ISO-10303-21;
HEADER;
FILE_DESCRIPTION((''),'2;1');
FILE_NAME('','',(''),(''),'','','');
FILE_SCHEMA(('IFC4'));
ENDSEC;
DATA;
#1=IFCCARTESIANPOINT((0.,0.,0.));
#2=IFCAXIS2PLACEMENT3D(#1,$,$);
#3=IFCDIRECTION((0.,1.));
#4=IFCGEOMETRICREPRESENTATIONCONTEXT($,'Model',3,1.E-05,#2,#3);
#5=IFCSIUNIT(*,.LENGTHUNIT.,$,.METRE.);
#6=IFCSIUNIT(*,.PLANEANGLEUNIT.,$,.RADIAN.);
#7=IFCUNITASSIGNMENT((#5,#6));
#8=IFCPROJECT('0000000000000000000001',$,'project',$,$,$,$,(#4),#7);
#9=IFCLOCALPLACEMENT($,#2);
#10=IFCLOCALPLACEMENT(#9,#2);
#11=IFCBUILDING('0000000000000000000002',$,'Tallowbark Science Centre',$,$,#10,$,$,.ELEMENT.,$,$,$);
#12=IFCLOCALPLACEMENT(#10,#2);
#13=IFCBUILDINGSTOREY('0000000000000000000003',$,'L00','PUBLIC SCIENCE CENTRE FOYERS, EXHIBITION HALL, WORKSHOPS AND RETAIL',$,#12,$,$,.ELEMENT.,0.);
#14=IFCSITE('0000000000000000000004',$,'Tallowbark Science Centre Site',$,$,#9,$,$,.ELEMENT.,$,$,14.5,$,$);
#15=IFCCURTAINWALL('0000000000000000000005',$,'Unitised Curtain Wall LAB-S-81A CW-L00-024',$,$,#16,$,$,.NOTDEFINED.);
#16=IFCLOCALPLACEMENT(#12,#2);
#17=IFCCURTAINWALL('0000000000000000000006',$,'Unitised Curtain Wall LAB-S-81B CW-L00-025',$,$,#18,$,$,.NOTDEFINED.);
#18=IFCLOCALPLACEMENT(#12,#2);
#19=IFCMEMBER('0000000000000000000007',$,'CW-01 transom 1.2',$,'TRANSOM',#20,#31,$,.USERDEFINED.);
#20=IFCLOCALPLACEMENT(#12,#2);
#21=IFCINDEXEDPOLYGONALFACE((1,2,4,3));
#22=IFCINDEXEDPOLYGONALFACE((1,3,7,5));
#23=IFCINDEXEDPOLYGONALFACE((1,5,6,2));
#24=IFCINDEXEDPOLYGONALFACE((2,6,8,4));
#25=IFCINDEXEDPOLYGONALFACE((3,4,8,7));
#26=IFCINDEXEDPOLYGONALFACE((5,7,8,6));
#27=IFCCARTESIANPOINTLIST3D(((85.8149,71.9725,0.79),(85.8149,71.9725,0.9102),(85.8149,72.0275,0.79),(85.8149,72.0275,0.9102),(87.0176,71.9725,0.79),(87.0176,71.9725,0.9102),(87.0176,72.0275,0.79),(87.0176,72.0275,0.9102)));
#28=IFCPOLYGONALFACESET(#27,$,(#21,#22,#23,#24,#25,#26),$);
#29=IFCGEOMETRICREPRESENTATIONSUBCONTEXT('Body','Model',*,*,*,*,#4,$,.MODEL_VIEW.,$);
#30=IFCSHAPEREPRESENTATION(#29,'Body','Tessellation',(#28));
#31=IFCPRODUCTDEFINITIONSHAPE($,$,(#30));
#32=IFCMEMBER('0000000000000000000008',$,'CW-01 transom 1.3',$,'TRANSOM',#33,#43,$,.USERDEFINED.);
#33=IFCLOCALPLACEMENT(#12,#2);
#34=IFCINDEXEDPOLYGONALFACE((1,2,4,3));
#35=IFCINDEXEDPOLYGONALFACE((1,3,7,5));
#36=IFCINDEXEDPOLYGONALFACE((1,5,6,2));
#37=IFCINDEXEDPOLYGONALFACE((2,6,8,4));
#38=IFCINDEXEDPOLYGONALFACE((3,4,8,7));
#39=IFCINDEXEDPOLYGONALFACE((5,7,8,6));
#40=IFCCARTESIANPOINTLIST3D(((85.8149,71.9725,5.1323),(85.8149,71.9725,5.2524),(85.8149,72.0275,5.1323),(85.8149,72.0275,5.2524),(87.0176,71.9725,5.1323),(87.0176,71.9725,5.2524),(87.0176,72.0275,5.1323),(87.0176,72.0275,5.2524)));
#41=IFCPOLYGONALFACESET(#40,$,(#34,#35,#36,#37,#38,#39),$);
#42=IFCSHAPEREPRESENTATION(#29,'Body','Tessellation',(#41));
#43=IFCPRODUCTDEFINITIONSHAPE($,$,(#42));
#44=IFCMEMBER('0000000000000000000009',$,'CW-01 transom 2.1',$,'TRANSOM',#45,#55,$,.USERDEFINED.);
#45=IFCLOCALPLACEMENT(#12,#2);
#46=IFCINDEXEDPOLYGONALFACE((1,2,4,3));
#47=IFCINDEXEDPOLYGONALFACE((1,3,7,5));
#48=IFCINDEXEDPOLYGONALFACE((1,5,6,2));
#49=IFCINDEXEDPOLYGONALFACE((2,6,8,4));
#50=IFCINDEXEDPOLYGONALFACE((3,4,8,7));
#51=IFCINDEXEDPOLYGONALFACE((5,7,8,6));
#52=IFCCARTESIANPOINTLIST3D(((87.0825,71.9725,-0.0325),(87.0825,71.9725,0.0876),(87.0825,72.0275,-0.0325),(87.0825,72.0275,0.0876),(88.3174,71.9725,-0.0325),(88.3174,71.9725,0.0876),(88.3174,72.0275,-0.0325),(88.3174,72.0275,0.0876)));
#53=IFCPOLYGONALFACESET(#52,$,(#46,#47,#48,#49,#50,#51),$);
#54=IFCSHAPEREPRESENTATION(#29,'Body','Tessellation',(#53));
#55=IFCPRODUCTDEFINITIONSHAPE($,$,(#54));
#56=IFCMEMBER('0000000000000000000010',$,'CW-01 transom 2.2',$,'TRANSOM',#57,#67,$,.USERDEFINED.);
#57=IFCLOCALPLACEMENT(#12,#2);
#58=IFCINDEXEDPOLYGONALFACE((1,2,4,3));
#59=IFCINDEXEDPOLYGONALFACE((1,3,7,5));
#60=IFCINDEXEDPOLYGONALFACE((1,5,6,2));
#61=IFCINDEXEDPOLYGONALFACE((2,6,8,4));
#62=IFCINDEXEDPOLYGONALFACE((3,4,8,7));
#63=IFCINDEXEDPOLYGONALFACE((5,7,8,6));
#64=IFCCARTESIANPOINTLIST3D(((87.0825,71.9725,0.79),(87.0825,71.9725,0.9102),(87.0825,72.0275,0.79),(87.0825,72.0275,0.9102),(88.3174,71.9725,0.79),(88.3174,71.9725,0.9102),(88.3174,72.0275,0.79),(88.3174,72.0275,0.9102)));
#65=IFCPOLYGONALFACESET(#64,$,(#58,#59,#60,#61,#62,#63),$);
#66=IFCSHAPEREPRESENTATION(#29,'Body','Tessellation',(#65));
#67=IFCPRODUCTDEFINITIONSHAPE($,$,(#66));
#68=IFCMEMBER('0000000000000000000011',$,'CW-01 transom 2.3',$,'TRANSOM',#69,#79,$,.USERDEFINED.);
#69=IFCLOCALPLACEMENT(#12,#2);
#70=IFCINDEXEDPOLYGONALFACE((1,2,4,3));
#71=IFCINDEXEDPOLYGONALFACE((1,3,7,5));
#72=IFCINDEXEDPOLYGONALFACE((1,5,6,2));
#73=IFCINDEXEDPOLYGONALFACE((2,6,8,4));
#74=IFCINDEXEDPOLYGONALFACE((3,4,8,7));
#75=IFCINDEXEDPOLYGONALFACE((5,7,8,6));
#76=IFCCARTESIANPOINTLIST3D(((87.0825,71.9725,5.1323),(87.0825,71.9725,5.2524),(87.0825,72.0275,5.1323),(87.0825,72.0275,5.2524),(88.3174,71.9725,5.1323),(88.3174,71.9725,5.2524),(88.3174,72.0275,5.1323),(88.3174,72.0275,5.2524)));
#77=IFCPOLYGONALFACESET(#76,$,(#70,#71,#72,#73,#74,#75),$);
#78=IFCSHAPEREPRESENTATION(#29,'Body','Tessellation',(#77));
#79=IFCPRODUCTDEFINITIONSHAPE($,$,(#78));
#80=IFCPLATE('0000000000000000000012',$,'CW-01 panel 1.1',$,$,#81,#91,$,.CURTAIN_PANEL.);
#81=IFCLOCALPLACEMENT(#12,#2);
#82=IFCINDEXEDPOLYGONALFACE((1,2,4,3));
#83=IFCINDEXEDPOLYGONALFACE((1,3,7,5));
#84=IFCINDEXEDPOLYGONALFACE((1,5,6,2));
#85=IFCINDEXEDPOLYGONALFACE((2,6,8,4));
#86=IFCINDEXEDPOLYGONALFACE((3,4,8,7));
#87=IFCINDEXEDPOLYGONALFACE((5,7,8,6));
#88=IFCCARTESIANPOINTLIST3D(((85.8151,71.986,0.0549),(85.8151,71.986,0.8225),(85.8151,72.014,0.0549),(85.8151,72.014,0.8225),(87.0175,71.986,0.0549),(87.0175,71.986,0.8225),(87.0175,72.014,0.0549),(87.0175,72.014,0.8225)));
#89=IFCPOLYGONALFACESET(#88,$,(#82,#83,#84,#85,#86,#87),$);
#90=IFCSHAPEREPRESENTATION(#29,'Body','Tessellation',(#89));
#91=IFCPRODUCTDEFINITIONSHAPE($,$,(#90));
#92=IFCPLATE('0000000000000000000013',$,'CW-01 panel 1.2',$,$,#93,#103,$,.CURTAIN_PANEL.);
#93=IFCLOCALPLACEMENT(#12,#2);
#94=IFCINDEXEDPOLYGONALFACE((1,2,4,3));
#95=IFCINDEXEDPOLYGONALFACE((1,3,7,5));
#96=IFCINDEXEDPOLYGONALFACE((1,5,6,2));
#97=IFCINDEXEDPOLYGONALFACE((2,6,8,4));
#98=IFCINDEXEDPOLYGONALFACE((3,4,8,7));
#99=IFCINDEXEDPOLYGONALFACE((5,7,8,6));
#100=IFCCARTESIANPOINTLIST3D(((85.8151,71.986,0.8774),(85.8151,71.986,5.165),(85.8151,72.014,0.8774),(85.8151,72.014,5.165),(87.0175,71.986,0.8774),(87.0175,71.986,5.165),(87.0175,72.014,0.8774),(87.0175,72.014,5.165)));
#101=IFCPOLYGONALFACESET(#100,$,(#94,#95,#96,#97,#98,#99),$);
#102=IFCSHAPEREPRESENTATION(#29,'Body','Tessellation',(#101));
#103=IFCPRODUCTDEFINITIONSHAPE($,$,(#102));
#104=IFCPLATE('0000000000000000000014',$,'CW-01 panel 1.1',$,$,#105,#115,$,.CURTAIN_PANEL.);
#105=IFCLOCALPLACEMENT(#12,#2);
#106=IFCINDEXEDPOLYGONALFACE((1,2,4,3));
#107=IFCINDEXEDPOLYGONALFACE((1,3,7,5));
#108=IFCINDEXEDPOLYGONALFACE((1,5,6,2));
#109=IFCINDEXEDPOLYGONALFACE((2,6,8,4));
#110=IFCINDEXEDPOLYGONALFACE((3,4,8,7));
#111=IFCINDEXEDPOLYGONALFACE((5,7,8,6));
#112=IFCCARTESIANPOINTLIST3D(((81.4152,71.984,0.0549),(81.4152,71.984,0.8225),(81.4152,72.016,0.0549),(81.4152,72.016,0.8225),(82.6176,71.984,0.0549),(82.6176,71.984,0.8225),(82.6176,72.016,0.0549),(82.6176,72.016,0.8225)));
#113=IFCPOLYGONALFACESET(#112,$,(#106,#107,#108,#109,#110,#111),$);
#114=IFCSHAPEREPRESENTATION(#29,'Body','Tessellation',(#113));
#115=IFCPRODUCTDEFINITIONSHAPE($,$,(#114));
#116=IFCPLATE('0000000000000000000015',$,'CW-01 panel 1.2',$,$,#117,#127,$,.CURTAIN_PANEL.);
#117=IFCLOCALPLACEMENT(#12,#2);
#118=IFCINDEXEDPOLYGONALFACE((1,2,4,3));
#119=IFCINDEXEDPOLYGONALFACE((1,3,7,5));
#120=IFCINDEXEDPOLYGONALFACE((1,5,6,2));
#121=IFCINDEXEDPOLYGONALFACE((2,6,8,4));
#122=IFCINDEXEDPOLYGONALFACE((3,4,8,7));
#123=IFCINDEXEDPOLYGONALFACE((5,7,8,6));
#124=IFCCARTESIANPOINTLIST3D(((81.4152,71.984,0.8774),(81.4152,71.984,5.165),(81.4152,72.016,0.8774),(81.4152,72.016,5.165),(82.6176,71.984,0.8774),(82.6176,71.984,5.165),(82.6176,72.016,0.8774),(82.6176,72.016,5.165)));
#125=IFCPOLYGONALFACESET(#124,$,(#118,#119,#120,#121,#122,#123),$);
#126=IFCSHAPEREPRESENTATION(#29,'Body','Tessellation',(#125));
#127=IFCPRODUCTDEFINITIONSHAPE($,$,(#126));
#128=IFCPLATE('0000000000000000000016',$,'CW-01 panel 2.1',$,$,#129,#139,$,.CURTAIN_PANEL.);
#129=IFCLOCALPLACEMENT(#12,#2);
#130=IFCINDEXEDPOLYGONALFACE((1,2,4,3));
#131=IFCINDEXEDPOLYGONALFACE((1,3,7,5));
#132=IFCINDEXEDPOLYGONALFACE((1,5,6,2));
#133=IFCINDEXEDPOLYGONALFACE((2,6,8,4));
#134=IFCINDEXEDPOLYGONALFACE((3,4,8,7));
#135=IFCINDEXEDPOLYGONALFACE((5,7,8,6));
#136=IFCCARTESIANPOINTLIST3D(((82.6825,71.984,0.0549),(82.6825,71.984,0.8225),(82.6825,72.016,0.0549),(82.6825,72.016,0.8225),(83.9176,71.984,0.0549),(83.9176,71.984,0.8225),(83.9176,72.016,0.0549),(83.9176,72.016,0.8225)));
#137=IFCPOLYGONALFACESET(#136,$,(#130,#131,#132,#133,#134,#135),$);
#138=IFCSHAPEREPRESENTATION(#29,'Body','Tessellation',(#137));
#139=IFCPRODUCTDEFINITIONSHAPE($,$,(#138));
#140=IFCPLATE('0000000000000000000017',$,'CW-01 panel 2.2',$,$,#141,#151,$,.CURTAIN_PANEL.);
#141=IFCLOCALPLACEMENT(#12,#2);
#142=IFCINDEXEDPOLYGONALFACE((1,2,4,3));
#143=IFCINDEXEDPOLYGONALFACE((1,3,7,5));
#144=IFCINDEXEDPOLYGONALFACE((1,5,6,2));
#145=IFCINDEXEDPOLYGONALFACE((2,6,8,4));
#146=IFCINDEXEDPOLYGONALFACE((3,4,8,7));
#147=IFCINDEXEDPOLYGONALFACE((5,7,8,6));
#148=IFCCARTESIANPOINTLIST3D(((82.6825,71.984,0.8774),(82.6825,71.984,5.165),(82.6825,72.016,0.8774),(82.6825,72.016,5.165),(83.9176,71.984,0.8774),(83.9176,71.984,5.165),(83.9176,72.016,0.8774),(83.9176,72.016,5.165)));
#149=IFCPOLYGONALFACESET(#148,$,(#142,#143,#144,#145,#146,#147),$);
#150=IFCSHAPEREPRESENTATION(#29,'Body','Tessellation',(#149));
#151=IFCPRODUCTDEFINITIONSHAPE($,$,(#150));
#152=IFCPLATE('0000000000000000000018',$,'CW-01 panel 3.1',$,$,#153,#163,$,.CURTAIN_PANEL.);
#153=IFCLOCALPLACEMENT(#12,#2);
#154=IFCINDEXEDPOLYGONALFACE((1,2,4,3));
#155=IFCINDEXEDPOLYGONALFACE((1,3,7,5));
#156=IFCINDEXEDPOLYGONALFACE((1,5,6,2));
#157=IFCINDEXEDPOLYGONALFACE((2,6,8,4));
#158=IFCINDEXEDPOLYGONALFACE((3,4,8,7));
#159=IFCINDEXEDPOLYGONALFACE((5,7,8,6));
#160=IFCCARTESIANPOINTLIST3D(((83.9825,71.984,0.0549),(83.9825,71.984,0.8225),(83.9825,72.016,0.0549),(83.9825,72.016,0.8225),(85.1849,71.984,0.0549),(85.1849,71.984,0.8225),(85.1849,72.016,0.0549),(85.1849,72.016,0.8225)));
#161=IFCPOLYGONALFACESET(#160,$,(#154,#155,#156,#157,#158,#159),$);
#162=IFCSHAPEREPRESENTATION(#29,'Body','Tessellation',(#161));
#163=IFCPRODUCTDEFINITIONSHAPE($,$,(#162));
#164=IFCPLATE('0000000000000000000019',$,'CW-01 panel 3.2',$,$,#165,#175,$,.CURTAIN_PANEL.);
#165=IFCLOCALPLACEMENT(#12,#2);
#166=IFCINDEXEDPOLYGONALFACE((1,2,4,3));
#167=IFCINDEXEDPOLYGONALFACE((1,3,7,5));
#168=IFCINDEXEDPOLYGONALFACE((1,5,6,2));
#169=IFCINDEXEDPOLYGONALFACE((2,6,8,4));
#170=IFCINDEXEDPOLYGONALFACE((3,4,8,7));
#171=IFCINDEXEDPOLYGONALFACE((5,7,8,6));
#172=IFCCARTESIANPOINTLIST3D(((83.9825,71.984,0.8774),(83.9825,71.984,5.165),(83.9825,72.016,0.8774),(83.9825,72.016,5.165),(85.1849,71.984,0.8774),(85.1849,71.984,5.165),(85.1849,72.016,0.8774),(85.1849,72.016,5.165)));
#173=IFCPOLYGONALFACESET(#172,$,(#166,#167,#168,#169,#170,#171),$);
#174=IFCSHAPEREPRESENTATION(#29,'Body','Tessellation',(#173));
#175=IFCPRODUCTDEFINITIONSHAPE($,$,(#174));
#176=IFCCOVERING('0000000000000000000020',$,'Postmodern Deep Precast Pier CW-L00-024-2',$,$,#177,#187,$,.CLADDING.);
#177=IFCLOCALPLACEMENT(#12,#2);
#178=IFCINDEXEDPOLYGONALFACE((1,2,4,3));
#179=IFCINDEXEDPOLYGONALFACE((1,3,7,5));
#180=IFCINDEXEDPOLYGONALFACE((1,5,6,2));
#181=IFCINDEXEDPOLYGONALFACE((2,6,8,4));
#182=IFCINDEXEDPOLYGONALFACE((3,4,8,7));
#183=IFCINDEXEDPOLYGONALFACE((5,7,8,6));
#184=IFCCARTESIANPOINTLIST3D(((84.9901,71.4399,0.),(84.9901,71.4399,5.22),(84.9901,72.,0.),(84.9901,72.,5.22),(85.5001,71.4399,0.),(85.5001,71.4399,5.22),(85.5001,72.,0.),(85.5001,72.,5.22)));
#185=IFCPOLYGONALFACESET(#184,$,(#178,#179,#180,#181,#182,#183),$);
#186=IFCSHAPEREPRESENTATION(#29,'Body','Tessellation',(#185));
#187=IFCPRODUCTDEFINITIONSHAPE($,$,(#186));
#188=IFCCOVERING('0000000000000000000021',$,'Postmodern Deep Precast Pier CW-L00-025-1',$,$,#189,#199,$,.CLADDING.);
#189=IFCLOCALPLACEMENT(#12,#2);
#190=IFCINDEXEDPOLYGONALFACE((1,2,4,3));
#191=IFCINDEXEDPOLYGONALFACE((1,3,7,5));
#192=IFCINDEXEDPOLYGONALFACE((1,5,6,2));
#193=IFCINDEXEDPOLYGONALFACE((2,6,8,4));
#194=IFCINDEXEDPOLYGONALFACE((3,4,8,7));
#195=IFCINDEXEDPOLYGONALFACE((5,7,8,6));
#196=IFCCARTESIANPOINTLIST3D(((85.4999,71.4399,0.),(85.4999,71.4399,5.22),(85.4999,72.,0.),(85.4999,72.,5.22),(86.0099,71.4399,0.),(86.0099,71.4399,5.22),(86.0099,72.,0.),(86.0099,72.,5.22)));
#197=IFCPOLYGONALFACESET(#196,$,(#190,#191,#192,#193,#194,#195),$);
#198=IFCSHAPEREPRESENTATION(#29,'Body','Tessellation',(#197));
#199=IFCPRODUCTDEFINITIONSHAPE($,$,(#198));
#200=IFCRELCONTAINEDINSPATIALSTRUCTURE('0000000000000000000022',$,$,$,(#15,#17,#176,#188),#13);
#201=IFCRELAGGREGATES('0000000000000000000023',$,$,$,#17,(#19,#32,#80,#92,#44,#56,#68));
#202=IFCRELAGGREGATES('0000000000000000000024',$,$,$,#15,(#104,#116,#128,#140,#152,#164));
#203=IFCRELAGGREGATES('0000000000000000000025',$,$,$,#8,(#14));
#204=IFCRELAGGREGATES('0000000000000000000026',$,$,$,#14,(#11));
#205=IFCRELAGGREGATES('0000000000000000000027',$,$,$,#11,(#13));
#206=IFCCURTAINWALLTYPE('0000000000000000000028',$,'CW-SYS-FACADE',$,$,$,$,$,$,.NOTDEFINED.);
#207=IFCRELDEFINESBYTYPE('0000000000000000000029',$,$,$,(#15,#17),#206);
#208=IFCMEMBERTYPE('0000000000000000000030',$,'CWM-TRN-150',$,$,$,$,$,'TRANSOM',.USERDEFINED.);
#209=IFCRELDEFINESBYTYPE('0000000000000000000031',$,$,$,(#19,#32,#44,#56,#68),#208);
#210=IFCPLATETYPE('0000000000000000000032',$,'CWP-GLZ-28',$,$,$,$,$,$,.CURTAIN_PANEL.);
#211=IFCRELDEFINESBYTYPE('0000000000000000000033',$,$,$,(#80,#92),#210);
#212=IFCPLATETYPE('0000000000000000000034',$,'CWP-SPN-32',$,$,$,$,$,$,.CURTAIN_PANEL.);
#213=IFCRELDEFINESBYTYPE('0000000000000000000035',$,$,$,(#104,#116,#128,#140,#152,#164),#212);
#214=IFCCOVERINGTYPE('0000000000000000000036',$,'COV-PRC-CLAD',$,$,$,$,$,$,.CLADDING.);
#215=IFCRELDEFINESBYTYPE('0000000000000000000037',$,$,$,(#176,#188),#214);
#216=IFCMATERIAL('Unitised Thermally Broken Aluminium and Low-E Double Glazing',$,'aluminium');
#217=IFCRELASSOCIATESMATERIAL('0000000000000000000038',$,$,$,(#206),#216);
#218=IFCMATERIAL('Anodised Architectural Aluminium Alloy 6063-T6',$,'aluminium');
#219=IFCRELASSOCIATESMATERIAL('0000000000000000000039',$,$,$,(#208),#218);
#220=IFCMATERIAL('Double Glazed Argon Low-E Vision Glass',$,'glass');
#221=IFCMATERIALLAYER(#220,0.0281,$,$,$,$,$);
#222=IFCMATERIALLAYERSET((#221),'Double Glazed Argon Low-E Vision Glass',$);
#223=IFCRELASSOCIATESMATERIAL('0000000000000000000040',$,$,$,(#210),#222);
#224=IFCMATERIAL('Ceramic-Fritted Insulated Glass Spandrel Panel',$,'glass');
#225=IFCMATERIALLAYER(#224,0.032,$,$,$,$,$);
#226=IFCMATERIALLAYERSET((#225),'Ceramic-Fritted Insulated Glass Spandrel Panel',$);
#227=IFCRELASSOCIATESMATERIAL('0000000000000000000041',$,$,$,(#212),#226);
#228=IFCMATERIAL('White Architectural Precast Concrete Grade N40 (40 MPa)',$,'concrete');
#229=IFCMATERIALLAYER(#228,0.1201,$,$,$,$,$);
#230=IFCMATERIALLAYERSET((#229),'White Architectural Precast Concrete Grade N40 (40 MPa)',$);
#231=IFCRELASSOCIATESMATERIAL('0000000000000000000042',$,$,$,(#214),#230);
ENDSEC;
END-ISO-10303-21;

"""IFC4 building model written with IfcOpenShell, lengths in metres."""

from ifc_helpers import new_model, si_unit, direction, frame, origin, origin_2d, place, context, subcontext, project, spatial, rectangle, extrude, material, layer, layer_set, material_profile, profile_set, type_object, element, aggregate, save


model = new_model("IFC4")

# Units and contexts
model_context = context("Model", 3, precision=1e-05, world=origin(), true_north=direction((0.0, 1.0)))
body_context = subcontext(model_context, "Body", "Model", "MODEL_VIEW")
ifc_project = project(units=[si_unit("LENGTHUNIT", "METRE"), si_unit("PLANEANGLEUNIT", "RADIAN")], contexts=[model_context])

# Site, building, storey
site_placement = place(None, origin())
site = spatial("IfcSite", under=ifc_project, at=site_placement, Name="Tallowbark Science Centre Site", CompositionType="ELEMENT", RefElevation=14.5)
building_placement = place(site_placement, origin())
building = spatial("IfcBuilding", under=site, at=building_placement, Name="Tallowbark Science Centre", CompositionType="ELEMENT")
storey_placement = place(building_placement, origin())
storey = spatial("IfcBuildingStorey", under=building, at=storey_placement, Name="L00", Description="PUBLIC SCIENCE CENTRE FOYERS, EXHIBITION HALL, WORKSHOPS AND RETAIL", CompositionType="ELEMENT", Elevation=0.0)

# Curtain walls
ifc_material_1 = material(Name="Unitised Thermally Broken Aluminium and Low-E Double Glazing", Category="aluminium")
curtain_wall_type = type_object("IfcCurtainWallType", Name="CW-SYS-FACADE", PredefinedType="NOTDEFINED", material=ifc_material_1)
curtain_wall_1_placement = place(storey_placement, origin())
curtain_wall_1 = element("IfcCurtainWall", 1, at=curtain_wall_1_placement, inside=storey, type_object=curtain_wall_type, Name="Unitised Curtain Wall LAB-S-81A CW-L00-024", PredefinedType="NOTDEFINED")
ifc_material_2 = material(Name="Anodised Architectural Aluminium Alloy 6063-T6", Category="aluminium")
curtain_wall_2_placement = place(storey_placement, origin())
curtain_wall_2 = element("IfcCurtainWall", 2, at=curtain_wall_2_placement, inside=storey, type_object=curtain_wall_type, Name="Unitised Curtain Wall LAB-S-81B CW-L00-025", PredefinedType="NOTDEFINED")

# Members
ifc_material_profile_1 = material_profile(ifc_material_2, rectangle(XDim=0.0549, YDim=0.1201, at=origin_2d()), Name="ALU55x120")
ifc_profile_set_1 = profile_set([ifc_material_profile_1], Name="Anodised Architectural Aluminium Alloy 6063-T6")
member_type_1 = type_object("IfcMemberType", Name="CWM-TRN-150", ElementType="TRANSOM", PredefinedType="USERDEFINED", material=ifc_profile_set_1)
member_1_placement = place(storey_placement, frame((85.8149, 72.0, 0.8501), z_axis=(1.0, 0.0, 0.0), x_axis=(0.0, 1.0, 0.0)))
member_1 = element("IfcMember", 3, at=member_1_placement, type_object=member_type_1, Name="CW-01 transom 1.2", ObjectType="TRANSOM", PredefinedType="USERDEFINED", context=body_context, shape_type="SweptSolid", body=[
    extrude(rectangle(XDim=0.0549, YDim=0.1201, at=origin_2d()), origin(), (0.0, 0.0, 1.0), 1.2026),
])
member_2_placement = place(storey_placement, frame((85.8149, 72.0, 5.1924), z_axis=(1.0, 0.0, 0.0), x_axis=(0.0, 1.0, 0.0)))
member_2 = element("IfcMember", 4, at=member_2_placement, type_object=member_type_1, Name="CW-01 transom 1.3", ObjectType="TRANSOM", PredefinedType="USERDEFINED", context=body_context, shape_type="SweptSolid", body=[
    extrude(rectangle(XDim=0.0549, YDim=0.1201, at=origin_2d()), origin(), (0.0, 0.0, 1.0), 1.2026),
])
member_3_placement = place(storey_placement, frame((87.0825, 72.0, 0.0276), z_axis=(1.0, 0.0, 0.0), x_axis=(0.0, 1.0, 0.0)))
member_3 = element("IfcMember", 5, at=member_3_placement, type_object=member_type_1, Name="CW-01 transom 2.1", ObjectType="TRANSOM", PredefinedType="USERDEFINED", context=body_context, shape_type="SweptSolid", body=[
    extrude(rectangle(XDim=0.0549, YDim=0.1201, at=origin_2d()), origin(), (0.0, 0.0, 1.0), 1.2349),
])
member_4_placement = place(storey_placement, frame((87.0825, 72.0, 0.8501), z_axis=(1.0, 0.0, 0.0), x_axis=(0.0, 1.0, 0.0)))
member_4 = element("IfcMember", 6, at=member_4_placement, type_object=member_type_1, Name="CW-01 transom 2.2", ObjectType="TRANSOM", PredefinedType="USERDEFINED", context=body_context, shape_type="SweptSolid", body=[
    extrude(rectangle(XDim=0.0549, YDim=0.1201, at=origin_2d()), origin(), (0.0, 0.0, 1.0), 1.2349),
])
member_5_placement = place(storey_placement, frame((87.0825, 72.0, 5.1924), z_axis=(1.0, 0.0, 0.0), x_axis=(0.0, 1.0, 0.0)))
member_5 = element("IfcMember", 7, at=member_5_placement, type_object=member_type_1, Name="CW-01 transom 2.3", ObjectType="TRANSOM", PredefinedType="USERDEFINED", context=body_context, shape_type="SweptSolid", body=[
    extrude(rectangle(XDim=0.0549, YDim=0.1201, at=origin_2d()), origin(), (0.0, 0.0, 1.0), 1.2349),
])

# Plates
ifc_material_3 = material(Name="Double Glazed Argon Low-E Vision Glass", Category="glass")
ifc_layer_1 = layer(ifc_material_3, 0.0281)
ifc_layer_set_1 = layer_set([ifc_layer_1], Name="Double Glazed Argon Low-E Vision Glass")
plate_type_1 = type_object("IfcPlateType", Name="CWP-GLZ-28", PredefinedType="CURTAIN_PANEL", material=ifc_layer_set_1)
plate_1_placement = place(storey_placement, frame((86.4163, 72.0, 0.0549), z_axis=(0.0, 0.0, 1.0), x_axis=(1.0, 0.0, 0.0)))
plate_1 = element("IfcPlate", 8, at=plate_1_placement, type_object=plate_type_1, Name="CW-01 panel 1.1", PredefinedType="CURTAIN_PANEL", context=body_context, shape_type="SweptSolid", body=[
    extrude(rectangle(XDim=1.2024, YDim=0.0281, at=origin_2d()), origin(), (0.0, 0.0, 1.0), 0.7676),
])
plate_2_placement = place(storey_placement, frame((86.4163, 72.0, 0.8774), z_axis=(0.0, 0.0, 1.0), x_axis=(1.0, 0.0, 0.0)))
plate_2 = element("IfcPlate", 9, at=plate_2_placement, type_object=plate_type_1, Name="CW-01 panel 1.2", PredefinedType="CURTAIN_PANEL", context=body_context, shape_type="SweptSolid", body=[
    extrude(rectangle(XDim=1.2024, YDim=0.0281, at=origin_2d()), origin(), (0.0, 0.0, 1.0), 4.2876),
])
aggregate(curtain_wall_2, [member_1, member_2, plate_1, plate_2, member_3, member_4, member_5])
ifc_material_4 = material(Name="Ceramic-Fritted Insulated Glass Spandrel Panel", Category="glass")
ifc_layer_2 = layer(ifc_material_4, 0.032)
ifc_layer_set_2 = layer_set([ifc_layer_2], Name="Ceramic-Fritted Insulated Glass Spandrel Panel")
plate_type_2 = type_object("IfcPlateType", Name="CWP-SPN-32", PredefinedType="CURTAIN_PANEL", material=ifc_layer_set_2)
plate_3_placement = place(storey_placement, frame((82.0164, 72.0, 0.0549), z_axis=(0.0, 0.0, 1.0), x_axis=(1.0, 0.0, 0.0)))
plate_3 = element("IfcPlate", 10, at=plate_3_placement, type_object=plate_type_2, Name="CW-01 panel 1.1", PredefinedType="CURTAIN_PANEL", context=body_context, shape_type="SweptSolid", body=[
    extrude(rectangle(XDim=1.2024, YDim=0.032, at=origin_2d()), origin(), (0.0, 0.0, 1.0), 0.7676),
])
plate_4_placement = place(storey_placement, frame((82.0164, 72.0, 0.8774), z_axis=(0.0, 0.0, 1.0), x_axis=(1.0, 0.0, 0.0)))
plate_4 = element("IfcPlate", 11, at=plate_4_placement, type_object=plate_type_2, Name="CW-01 panel 1.2", PredefinedType="CURTAIN_PANEL", context=body_context, shape_type="SweptSolid", body=[
    extrude(rectangle(XDim=1.2024, YDim=0.032, at=origin_2d()), origin(), (0.0, 0.0, 1.0), 4.2876),
])
plate_5_placement = place(storey_placement, frame((83.3, 72.0, 0.0549), z_axis=(0.0, 0.0, 1.0), x_axis=(1.0, 0.0, 0.0)))
plate_5 = element("IfcPlate", 12, at=plate_5_placement, type_object=plate_type_2, Name="CW-01 panel 2.1", PredefinedType="CURTAIN_PANEL", context=body_context, shape_type="SweptSolid", body=[
    extrude(rectangle(XDim=1.2351, YDim=0.032, at=origin_2d()), origin(), (0.0, 0.0, 1.0), 0.7676),
])
plate_6_placement = place(storey_placement, frame((83.3, 72.0, 0.8774), z_axis=(0.0, 0.0, 1.0), x_axis=(1.0, 0.0, 0.0)))
plate_6 = element("IfcPlate", 13, at=plate_6_placement, type_object=plate_type_2, Name="CW-01 panel 2.2", PredefinedType="CURTAIN_PANEL", context=body_context, shape_type="SweptSolid", body=[
    extrude(rectangle(XDim=1.2351, YDim=0.032, at=origin_2d()), origin(), (0.0, 0.0, 1.0), 4.2876),
])
plate_7_placement = place(storey_placement, frame((84.5837, 72.0, 0.0549), z_axis=(0.0, 0.0, 1.0), x_axis=(1.0, 0.0, 0.0)))
plate_7 = element("IfcPlate", 14, at=plate_7_placement, type_object=plate_type_2, Name="CW-01 panel 3.1", PredefinedType="CURTAIN_PANEL", context=body_context, shape_type="SweptSolid", body=[
    extrude(rectangle(XDim=1.2024, YDim=0.032, at=origin_2d()), origin(), (0.0, 0.0, 1.0), 0.7676),
])
plate_8_placement = place(storey_placement, frame((84.5837, 72.0, 0.8774), z_axis=(0.0, 0.0, 1.0), x_axis=(1.0, 0.0, 0.0)))
plate_8 = element("IfcPlate", 15, at=plate_8_placement, type_object=plate_type_2, Name="CW-01 panel 3.2", PredefinedType="CURTAIN_PANEL", context=body_context, shape_type="SweptSolid", body=[
    extrude(rectangle(XDim=1.2024, YDim=0.032, at=origin_2d()), origin(), (0.0, 0.0, 1.0), 4.2876),
])
aggregate(curtain_wall_1, [plate_3, plate_4, plate_5, plate_6, plate_7, plate_8])

# Coverings
ifc_material_5 = material(Name="White Architectural Precast Concrete Grade N40 (40 MPa)", Category="concrete")
ifc_layer_3 = layer(ifc_material_5, 0.1201)
ifc_layer_set_3 = layer_set([ifc_layer_3], Name="White Architectural Precast Concrete Grade N40 (40 MPa)")
covering_type_1 = type_object("IfcCoveringType", Name="COV-PRC-CLAD", PredefinedType="CLADDING", material=ifc_layer_set_3)
for number, where, z_axis, x_axis, name in (
    (16, (85.2451, 71.72, 0.0), (0.0, 0.0, 1.0), (1.0, 0.0, 0.0), "Postmodern Deep Precast Pier CW-L00-024-2"),
    (17, (85.7549, 71.72, 0.0), (0.0, 0.0, 1.0), (1.0, 0.0, 0.0), "Postmodern Deep Precast Pier CW-L00-025-1"),
):
    element("IfcCovering", number, at=place(storey_placement, frame(where, z_axis=z_axis, x_axis=x_axis)), inside=storey, type_object=covering_type_1, Name=name, PredefinedType="CLADDING", context=body_context, shape_type="SweptSolid", body=[
        extrude(rectangle(XDim=0.51, YDim=0.5601, at=origin_2d()), origin(), (0.0, 0.0, 1.0), 5.22),
    ])

save(model, "model.ifc")
